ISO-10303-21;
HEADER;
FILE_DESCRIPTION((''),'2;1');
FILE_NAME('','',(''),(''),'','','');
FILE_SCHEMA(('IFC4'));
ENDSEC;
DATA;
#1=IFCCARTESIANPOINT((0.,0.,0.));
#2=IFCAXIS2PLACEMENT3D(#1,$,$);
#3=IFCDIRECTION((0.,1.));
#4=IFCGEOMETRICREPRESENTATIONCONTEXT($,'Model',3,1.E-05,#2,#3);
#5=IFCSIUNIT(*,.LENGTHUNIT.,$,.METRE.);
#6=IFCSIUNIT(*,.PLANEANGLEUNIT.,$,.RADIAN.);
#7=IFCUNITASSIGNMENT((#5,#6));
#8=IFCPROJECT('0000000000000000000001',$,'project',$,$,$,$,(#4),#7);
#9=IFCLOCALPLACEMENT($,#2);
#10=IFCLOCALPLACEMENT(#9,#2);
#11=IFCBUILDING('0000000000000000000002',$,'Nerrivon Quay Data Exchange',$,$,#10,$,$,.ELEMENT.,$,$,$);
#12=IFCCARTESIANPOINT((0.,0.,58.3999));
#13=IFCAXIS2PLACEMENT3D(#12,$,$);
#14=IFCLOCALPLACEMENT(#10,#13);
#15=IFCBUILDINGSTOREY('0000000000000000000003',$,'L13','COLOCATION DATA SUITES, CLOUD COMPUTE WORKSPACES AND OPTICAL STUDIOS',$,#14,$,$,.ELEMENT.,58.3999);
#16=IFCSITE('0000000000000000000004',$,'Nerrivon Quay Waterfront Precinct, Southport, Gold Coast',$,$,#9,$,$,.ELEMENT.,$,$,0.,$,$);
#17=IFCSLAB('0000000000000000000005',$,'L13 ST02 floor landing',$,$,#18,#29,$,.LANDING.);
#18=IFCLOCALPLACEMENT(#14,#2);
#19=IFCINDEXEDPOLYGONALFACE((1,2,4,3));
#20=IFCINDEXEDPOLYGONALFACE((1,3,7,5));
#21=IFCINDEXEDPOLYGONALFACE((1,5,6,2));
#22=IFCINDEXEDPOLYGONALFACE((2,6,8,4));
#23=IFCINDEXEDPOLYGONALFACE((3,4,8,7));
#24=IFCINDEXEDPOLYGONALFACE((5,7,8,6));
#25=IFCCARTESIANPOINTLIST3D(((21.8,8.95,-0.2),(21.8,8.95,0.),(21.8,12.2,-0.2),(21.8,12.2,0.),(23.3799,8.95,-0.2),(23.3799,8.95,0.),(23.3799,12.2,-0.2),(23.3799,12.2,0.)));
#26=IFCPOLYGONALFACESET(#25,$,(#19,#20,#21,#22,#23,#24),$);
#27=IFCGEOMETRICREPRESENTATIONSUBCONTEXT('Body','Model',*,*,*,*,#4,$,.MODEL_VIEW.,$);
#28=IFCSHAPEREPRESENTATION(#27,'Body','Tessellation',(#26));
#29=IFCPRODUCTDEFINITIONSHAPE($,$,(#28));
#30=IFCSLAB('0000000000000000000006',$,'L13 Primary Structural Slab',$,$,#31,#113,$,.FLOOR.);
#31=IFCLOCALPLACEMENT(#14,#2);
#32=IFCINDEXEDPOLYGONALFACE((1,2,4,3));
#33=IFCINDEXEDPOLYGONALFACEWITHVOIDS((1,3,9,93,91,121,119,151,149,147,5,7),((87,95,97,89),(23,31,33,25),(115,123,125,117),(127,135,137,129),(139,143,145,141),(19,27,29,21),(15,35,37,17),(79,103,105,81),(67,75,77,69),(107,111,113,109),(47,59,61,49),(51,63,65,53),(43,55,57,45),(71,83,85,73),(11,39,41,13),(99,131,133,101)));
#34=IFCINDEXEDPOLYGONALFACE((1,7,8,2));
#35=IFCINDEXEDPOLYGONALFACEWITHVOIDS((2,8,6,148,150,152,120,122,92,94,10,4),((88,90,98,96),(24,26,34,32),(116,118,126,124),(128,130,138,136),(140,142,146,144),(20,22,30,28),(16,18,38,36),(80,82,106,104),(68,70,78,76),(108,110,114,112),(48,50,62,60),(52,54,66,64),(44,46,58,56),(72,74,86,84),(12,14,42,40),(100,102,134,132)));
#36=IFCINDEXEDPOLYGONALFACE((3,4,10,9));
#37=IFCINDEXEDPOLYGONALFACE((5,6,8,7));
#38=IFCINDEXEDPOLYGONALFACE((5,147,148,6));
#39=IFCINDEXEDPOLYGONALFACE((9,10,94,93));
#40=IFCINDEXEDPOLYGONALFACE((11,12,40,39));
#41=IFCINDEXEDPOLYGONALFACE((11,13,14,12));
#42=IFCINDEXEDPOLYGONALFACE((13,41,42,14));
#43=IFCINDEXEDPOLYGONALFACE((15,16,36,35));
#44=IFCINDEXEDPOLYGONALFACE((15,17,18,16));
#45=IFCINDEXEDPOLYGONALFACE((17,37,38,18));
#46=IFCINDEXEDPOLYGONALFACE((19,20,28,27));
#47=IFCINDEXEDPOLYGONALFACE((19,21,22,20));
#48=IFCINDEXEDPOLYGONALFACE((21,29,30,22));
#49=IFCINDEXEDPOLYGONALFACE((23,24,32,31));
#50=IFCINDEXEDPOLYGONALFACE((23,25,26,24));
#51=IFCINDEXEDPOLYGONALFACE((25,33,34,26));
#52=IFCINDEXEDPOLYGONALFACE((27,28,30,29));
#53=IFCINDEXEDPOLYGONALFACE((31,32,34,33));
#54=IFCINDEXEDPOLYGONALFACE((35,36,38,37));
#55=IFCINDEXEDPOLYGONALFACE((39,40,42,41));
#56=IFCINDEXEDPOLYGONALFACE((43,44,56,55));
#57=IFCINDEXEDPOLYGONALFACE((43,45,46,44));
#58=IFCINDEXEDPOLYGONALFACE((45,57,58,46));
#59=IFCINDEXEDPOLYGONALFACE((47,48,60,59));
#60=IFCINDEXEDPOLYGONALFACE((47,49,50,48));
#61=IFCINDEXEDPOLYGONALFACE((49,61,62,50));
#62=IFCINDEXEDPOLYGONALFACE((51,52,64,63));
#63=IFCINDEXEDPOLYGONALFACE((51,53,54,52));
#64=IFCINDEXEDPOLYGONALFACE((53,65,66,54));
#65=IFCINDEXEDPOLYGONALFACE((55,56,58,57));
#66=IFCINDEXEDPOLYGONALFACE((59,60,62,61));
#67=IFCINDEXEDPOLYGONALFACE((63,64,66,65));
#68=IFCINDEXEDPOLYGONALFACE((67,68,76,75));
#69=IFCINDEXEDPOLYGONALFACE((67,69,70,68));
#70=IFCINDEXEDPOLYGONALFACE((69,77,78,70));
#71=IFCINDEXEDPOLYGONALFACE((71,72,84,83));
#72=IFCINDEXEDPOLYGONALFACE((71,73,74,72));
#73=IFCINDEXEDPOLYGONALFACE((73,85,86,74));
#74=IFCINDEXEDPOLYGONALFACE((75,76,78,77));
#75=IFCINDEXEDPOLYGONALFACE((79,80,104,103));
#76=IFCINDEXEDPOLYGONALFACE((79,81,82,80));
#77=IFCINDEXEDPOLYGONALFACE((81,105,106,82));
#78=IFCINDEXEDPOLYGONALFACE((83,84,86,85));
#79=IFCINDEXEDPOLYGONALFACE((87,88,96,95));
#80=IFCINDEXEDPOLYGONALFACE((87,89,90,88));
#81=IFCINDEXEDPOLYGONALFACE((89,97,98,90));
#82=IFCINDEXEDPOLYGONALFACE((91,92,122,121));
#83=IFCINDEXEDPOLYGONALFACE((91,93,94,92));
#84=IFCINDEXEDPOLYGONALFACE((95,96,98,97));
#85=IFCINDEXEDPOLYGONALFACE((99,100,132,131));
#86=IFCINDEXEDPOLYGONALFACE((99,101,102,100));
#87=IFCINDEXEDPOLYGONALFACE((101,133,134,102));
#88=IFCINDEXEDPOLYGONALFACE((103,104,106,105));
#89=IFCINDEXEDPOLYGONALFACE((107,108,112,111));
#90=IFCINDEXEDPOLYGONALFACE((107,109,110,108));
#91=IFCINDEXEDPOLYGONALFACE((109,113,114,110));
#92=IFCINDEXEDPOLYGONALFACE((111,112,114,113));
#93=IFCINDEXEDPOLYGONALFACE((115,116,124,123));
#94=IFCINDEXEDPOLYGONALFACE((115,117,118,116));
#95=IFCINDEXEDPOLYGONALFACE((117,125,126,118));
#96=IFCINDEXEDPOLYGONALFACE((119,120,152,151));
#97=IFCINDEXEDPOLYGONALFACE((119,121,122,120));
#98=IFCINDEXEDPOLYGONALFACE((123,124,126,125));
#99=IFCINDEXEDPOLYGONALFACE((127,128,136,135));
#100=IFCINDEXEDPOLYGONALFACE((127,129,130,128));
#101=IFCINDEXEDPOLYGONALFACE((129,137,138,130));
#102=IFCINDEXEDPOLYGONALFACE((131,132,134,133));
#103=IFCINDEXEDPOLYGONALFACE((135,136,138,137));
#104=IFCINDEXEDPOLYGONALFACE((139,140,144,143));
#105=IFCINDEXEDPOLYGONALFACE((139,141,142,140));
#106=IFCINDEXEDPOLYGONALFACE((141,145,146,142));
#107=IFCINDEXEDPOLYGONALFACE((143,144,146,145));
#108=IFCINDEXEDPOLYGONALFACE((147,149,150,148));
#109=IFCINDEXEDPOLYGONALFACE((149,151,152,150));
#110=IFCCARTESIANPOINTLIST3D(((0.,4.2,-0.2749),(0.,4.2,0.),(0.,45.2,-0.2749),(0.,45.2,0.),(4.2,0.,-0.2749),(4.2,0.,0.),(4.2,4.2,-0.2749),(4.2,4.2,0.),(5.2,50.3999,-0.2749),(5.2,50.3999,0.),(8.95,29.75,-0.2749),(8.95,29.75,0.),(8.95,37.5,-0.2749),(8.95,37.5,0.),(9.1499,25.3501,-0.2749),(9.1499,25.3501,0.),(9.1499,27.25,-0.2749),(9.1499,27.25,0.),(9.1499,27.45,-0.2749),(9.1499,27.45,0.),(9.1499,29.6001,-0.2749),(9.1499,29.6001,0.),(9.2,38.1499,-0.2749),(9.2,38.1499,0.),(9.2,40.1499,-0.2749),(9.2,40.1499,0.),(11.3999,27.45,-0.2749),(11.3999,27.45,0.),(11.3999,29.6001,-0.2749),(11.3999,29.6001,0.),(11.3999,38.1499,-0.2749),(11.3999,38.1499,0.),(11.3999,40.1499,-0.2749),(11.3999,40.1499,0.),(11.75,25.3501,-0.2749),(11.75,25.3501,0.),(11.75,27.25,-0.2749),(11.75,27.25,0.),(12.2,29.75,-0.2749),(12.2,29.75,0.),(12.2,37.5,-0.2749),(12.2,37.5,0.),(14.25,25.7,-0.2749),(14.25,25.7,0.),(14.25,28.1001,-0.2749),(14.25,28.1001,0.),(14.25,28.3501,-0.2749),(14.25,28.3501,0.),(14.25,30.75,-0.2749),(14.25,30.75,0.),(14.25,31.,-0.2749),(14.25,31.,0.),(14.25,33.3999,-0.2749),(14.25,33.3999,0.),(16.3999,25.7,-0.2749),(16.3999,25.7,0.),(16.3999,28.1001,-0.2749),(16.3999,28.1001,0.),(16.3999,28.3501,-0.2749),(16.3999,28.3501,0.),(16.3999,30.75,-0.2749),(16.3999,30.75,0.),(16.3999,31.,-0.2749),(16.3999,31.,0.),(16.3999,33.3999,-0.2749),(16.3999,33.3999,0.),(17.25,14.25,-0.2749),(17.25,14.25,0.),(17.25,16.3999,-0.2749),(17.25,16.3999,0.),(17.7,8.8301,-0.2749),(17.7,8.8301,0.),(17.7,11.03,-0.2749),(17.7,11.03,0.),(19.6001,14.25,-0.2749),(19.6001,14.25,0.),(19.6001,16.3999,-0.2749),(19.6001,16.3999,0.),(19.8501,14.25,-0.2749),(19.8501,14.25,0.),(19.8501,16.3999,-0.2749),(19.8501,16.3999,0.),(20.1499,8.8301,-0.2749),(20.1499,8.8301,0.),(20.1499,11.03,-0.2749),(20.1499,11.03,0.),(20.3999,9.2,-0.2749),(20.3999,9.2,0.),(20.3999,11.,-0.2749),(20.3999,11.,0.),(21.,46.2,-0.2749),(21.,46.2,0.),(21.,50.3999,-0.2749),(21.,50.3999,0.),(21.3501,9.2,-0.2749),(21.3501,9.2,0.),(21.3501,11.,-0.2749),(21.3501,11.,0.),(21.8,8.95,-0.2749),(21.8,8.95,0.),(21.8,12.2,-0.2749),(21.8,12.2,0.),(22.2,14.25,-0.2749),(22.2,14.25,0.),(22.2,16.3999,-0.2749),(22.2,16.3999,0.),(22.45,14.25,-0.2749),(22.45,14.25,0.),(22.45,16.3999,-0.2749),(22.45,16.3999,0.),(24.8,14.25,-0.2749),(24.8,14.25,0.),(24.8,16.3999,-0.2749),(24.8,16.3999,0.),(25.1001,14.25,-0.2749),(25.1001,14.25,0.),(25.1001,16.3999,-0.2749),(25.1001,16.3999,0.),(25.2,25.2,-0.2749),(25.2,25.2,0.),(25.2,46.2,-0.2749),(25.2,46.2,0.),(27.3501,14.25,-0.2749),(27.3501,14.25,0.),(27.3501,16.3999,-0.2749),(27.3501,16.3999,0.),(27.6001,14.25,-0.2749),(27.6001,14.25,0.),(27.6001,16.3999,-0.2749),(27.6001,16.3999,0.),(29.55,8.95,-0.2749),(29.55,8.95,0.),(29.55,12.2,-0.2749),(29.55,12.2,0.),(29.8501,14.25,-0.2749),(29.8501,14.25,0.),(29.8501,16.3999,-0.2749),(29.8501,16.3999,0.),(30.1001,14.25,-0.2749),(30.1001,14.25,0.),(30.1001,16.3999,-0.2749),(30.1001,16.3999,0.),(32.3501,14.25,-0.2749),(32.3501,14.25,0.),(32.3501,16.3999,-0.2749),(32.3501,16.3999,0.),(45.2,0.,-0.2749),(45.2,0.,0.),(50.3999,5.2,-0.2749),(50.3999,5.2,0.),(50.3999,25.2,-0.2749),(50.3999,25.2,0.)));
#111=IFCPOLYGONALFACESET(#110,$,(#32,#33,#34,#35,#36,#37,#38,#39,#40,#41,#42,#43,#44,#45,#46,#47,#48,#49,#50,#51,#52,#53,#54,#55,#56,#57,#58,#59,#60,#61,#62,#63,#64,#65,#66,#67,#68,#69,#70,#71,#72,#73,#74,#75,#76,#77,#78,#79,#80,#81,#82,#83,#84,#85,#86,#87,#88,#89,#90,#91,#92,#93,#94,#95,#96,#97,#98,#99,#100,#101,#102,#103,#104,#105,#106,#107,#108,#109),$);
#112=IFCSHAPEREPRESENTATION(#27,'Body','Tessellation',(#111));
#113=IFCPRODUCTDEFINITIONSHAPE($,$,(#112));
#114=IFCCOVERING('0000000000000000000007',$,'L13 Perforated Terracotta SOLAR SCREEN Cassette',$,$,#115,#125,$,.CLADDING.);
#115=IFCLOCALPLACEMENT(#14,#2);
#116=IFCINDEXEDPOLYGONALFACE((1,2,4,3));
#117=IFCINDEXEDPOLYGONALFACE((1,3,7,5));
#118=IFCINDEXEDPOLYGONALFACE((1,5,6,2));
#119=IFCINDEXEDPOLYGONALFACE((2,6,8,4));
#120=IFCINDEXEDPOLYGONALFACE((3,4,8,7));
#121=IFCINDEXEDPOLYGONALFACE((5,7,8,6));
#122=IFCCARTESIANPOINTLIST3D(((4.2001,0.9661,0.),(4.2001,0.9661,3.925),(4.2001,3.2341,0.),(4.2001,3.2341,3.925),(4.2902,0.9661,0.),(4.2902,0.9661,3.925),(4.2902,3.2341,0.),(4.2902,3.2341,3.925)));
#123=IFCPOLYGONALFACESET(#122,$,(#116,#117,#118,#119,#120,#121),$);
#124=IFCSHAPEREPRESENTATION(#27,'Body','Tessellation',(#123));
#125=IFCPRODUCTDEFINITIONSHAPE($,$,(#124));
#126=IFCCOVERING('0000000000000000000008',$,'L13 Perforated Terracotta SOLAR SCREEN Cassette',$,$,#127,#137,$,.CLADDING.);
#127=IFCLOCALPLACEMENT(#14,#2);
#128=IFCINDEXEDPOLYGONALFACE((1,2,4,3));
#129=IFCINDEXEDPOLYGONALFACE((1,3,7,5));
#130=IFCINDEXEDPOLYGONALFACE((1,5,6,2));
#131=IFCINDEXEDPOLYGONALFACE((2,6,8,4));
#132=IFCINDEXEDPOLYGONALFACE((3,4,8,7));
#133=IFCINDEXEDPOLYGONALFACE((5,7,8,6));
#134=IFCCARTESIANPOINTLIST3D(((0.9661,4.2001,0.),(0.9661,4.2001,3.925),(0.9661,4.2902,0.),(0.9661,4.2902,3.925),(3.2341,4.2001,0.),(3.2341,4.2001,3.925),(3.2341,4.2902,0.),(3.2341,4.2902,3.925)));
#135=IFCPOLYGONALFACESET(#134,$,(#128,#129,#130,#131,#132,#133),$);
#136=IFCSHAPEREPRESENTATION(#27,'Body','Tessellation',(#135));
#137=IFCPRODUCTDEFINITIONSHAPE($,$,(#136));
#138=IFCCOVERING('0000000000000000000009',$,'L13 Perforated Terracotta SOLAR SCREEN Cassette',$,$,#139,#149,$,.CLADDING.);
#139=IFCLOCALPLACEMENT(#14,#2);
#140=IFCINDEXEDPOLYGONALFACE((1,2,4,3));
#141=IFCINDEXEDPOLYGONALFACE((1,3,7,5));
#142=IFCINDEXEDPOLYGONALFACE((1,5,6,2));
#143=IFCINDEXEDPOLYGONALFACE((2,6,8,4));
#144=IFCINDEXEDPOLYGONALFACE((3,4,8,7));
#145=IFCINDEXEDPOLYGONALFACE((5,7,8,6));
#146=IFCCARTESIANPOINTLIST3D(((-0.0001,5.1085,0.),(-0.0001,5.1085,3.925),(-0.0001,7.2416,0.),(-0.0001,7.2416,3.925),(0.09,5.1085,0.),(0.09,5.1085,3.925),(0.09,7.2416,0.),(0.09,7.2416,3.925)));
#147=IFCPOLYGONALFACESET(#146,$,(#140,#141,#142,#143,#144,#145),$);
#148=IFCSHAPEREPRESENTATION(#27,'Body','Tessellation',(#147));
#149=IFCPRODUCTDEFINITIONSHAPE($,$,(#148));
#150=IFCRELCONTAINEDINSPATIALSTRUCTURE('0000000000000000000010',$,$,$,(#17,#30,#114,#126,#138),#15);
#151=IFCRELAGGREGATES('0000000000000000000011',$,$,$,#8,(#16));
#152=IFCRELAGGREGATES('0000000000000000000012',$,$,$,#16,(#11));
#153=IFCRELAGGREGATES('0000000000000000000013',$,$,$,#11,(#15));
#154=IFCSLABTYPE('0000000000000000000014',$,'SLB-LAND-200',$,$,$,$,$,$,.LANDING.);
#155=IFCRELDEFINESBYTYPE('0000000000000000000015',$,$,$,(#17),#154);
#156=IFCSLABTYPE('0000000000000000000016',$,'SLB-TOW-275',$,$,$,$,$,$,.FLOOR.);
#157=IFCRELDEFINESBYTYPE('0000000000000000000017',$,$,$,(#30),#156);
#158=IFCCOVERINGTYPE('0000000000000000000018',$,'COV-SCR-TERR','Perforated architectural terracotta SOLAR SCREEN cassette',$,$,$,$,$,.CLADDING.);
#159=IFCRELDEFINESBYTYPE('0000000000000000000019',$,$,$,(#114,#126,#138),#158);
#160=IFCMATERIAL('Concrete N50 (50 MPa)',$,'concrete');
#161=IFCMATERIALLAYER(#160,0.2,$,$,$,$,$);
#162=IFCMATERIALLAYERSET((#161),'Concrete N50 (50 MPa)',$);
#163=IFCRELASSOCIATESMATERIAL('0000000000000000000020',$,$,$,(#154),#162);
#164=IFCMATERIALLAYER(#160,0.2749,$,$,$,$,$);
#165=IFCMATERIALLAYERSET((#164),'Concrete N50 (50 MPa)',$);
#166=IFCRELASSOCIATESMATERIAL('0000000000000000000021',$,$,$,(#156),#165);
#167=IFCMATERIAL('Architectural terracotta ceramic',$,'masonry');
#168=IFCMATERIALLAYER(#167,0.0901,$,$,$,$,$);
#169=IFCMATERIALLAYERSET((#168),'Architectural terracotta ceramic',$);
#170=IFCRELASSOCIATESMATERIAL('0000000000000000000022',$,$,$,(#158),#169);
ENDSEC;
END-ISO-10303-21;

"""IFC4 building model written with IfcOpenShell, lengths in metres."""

from ifc_helpers import new_model, si_unit, direction, frame, origin, origin_2d, place, context, subcontext, project, spatial, polyline, rectangle, outline, extrude, material, layer, layer_set, type_object, element, save


model = new_model("IFC4")

# Units and contexts
model_context = context("Model", 3, precision=1e-05, world=origin(), true_north=direction((0.0, 1.0)))
body_context = subcontext(model_context, "Body", "Model", "MODEL_VIEW")
ifc_project = project(units=[si_unit("LENGTHUNIT", "METRE"), si_unit("PLANEANGLEUNIT", "RADIAN")], contexts=[model_context])

# Site, building, storey
site_placement = place(None, origin())
site = spatial("IfcSite", under=ifc_project, at=site_placement, Name="Nerrivon Quay Waterfront Precinct, Southport, Gold Coast", CompositionType="ELEMENT", RefElevation=0.0)
building_placement = place(site_placement, origin())
building = spatial("IfcBuilding", under=site, at=building_placement, Name="Nerrivon Quay Data Exchange", CompositionType="ELEMENT")
storey_placement = place(building_placement, frame((0.0, 0.0, 58.3999)))
storey = spatial("IfcBuildingStorey", under=building, at=storey_placement, Name="L13", Description="COLOCATION DATA SUITES, CLOUD COMPUTE WORKSPACES AND OPTICAL STUDIOS", CompositionType="ELEMENT", Elevation=58.3999)

# Shared definitions
ifc_material_1 = material(Name="Concrete N50 (50 MPa)", Category="concrete")
ifc_layer_1 = layer(ifc_material_1, 0.2)
ifc_layer_set_1 = layer_set([ifc_layer_1], Name="Concrete N50 (50 MPa)")
slab_type_1 = type_object("IfcSlabType", Name="SLB-LAND-200", PredefinedType="LANDING", material=ifc_layer_set_1)

# Slabs
slab_1_placement = place(storey_placement, frame((0.0, 0.0, -0.2)))
element("IfcSlab", 1, at=slab_1_placement, inside=storey, type_object=slab_type_1, Name="L13 ST02 floor landing", PredefinedType="LANDING", context=body_context, shape_type="SweptSolid", body=[
    extrude(outline(polyline([(21.8, 8.95), (23.3799, 8.95), (23.3799, 12.2), (21.8, 12.2), (21.8, 8.95)])), origin(), (0.0, 0.0, 1.0), 0.2),
])
ifc_layer_2 = layer(ifc_material_1, 0.2749)
ifc_layer_set_2 = layer_set([ifc_layer_2], Name="Concrete N50 (50 MPa)")
slab_type_2 = type_object("IfcSlabType", Name="SLB-TOW-275", PredefinedType="FLOOR", material=ifc_layer_set_2)
slab_2_placement = place(storey_placement, frame((0.0, 0.0, -0.2749)))
element("IfcSlab", 2, at=slab_2_placement, inside=storey, type_object=slab_type_2, Name="L13 Primary Structural Slab", PredefinedType="FLOOR", context=body_context, shape_type="SweptSolid", body=[
    extrude(outline(polyline([(50.3999, 25.2), (25.2, 25.2), (25.2, 46.2), (21.0, 46.2), (21.0, 50.3999), (5.2, 50.3999), (0.0, 45.2), (0.0, 4.2), (4.2, 4.2), (4.2, 0.0), (45.2, 0.0), (50.3999, 5.2), (50.3999, 25.2)]), holes=[polyline([(8.95, 29.75), (8.95, 37.5), (12.2, 37.5), (12.2, 29.75), (8.95, 29.75)]), polyline([(21.8, 12.2), (29.55, 12.2), (29.55, 8.95), (21.8, 8.95), (21.8, 12.2)]), polyline([(30.1001, 16.3999), (32.3501, 16.3999), (32.3501, 14.25), (30.1001, 14.25), (30.1001, 16.3999)]), polyline([(27.6001, 16.3999), (29.8501, 16.3999), (29.8501, 14.25), (27.6001, 14.25), (27.6001, 16.3999)]), polyline([(25.1001, 16.3999), (27.3501, 16.3999), (27.3501, 14.25), (25.1001, 14.25), (25.1001, 16.3999)]), polyline([(22.45, 16.3999), (24.8, 16.3999), (24.8, 14.25), (22.45, 14.25), (22.45, 16.3999)]), polyline([(19.8501, 16.3999), (22.2, 16.3999), (22.2, 14.25), (19.8501, 14.25), (19.8501, 16.3999)]), polyline([(20.3999, 11.0), (21.3501, 11.0), (21.3501, 9.2), (20.3999, 9.2), (20.3999, 11.0)]), polyline([(17.7, 8.8301), (17.7, 11.03), (20.1499, 11.03), (20.1499, 8.8301), (17.7, 8.8301)]), polyline([(17.25, 14.25), (17.25, 16.3999), (19.6001, 16.3999), (19.6001, 14.25), (17.25, 14.25)]), polyline([(14.25, 28.1001), (16.3999, 28.1001), (16.3999, 25.7), (14.25, 25.7), (14.25, 28.1001)]), polyline([(14.25, 30.75), (16.3999, 30.75), (16.3999, 28.3501), (14.25, 28.3501), (14.25, 30.75)]), polyline([(14.25, 33.3999), (16.3999, 33.3999), (16.3999, 31.0), (14.25, 31.0), (14.25, 33.3999)]), polyline([(9.1499, 27.25), (11.75, 27.25), (11.75, 25.3501), (9.1499, 25.3501), (9.1499, 27.25)]), polyline([(9.1499, 29.6001), (11.3999, 29.6001), (11.3999, 27.45), (9.1499, 27.45), (9.1499, 29.6001)]), polyline([(9.2, 40.1499), (11.3999, 40.1499), (11.3999, 38.1499), (9.2, 38.1499), (9.2, 40.1499)])]), origin(), (0.0, 0.0, 1.0), 0.2749),
])

# Coverings
ifc_material_2 = material(Name="Architectural terracotta ceramic", Category="masonry")
ifc_layer_3 = layer(ifc_material_2, 0.0901)
ifc_layer_set_3 = layer_set([ifc_layer_3], Name="Architectural terracotta ceramic")
covering_type = type_object("IfcCoveringType", Name="COV-SCR-TERR", Description="Perforated architectural terracotta SOLAR SCREEN cassette", PredefinedType="CLADDING", material=ifc_layer_set_3)
for number, where, z_axis, x_axis, name in (
    (3, (4.2451, 2.1001, 0.0), (0.0, 0.0, 1.0), (0.0, 1.0, 0.0), "L13 Perforated Terracotta SOLAR SCREEN Cassette"),
    (4, (2.1001, 4.2451, 0.0), (0.0, 0.0, 1.0), (-1.0, 0.0, 0.0), "L13 Perforated Terracotta SOLAR SCREEN Cassette"),
):
    element("IfcCovering", number, at=place(storey_placement, frame(where, z_axis=z_axis, x_axis=x_axis)), inside=storey, type_object=covering_type, Name=name, PredefinedType="CLADDING", context=body_context, shape_type="SweptSolid", body=[
        extrude(rectangle(XDim=2.2681, YDim=0.0901, at=origin_2d()), origin(), (0.0, 0.0, 1.0), 3.925),
    ])
covering_placement = place(storey_placement, frame((0.0449, 6.175, 0.0), z_axis=(0.0, 0.0, 1.0), x_axis=(0.0, 1.0, 0.0)))
element("IfcCovering", 5, at=covering_placement, inside=storey, type_object=covering_type, Name="L13 Perforated Terracotta SOLAR SCREEN Cassette", PredefinedType="CLADDING", context=body_context, shape_type="SweptSolid", body=[
    extrude(rectangle(XDim=2.1331, YDim=0.0901, at=origin_2d()), origin(), (0.0, 0.0, 1.0), 3.925),
])

save(model, "model.ifc")
